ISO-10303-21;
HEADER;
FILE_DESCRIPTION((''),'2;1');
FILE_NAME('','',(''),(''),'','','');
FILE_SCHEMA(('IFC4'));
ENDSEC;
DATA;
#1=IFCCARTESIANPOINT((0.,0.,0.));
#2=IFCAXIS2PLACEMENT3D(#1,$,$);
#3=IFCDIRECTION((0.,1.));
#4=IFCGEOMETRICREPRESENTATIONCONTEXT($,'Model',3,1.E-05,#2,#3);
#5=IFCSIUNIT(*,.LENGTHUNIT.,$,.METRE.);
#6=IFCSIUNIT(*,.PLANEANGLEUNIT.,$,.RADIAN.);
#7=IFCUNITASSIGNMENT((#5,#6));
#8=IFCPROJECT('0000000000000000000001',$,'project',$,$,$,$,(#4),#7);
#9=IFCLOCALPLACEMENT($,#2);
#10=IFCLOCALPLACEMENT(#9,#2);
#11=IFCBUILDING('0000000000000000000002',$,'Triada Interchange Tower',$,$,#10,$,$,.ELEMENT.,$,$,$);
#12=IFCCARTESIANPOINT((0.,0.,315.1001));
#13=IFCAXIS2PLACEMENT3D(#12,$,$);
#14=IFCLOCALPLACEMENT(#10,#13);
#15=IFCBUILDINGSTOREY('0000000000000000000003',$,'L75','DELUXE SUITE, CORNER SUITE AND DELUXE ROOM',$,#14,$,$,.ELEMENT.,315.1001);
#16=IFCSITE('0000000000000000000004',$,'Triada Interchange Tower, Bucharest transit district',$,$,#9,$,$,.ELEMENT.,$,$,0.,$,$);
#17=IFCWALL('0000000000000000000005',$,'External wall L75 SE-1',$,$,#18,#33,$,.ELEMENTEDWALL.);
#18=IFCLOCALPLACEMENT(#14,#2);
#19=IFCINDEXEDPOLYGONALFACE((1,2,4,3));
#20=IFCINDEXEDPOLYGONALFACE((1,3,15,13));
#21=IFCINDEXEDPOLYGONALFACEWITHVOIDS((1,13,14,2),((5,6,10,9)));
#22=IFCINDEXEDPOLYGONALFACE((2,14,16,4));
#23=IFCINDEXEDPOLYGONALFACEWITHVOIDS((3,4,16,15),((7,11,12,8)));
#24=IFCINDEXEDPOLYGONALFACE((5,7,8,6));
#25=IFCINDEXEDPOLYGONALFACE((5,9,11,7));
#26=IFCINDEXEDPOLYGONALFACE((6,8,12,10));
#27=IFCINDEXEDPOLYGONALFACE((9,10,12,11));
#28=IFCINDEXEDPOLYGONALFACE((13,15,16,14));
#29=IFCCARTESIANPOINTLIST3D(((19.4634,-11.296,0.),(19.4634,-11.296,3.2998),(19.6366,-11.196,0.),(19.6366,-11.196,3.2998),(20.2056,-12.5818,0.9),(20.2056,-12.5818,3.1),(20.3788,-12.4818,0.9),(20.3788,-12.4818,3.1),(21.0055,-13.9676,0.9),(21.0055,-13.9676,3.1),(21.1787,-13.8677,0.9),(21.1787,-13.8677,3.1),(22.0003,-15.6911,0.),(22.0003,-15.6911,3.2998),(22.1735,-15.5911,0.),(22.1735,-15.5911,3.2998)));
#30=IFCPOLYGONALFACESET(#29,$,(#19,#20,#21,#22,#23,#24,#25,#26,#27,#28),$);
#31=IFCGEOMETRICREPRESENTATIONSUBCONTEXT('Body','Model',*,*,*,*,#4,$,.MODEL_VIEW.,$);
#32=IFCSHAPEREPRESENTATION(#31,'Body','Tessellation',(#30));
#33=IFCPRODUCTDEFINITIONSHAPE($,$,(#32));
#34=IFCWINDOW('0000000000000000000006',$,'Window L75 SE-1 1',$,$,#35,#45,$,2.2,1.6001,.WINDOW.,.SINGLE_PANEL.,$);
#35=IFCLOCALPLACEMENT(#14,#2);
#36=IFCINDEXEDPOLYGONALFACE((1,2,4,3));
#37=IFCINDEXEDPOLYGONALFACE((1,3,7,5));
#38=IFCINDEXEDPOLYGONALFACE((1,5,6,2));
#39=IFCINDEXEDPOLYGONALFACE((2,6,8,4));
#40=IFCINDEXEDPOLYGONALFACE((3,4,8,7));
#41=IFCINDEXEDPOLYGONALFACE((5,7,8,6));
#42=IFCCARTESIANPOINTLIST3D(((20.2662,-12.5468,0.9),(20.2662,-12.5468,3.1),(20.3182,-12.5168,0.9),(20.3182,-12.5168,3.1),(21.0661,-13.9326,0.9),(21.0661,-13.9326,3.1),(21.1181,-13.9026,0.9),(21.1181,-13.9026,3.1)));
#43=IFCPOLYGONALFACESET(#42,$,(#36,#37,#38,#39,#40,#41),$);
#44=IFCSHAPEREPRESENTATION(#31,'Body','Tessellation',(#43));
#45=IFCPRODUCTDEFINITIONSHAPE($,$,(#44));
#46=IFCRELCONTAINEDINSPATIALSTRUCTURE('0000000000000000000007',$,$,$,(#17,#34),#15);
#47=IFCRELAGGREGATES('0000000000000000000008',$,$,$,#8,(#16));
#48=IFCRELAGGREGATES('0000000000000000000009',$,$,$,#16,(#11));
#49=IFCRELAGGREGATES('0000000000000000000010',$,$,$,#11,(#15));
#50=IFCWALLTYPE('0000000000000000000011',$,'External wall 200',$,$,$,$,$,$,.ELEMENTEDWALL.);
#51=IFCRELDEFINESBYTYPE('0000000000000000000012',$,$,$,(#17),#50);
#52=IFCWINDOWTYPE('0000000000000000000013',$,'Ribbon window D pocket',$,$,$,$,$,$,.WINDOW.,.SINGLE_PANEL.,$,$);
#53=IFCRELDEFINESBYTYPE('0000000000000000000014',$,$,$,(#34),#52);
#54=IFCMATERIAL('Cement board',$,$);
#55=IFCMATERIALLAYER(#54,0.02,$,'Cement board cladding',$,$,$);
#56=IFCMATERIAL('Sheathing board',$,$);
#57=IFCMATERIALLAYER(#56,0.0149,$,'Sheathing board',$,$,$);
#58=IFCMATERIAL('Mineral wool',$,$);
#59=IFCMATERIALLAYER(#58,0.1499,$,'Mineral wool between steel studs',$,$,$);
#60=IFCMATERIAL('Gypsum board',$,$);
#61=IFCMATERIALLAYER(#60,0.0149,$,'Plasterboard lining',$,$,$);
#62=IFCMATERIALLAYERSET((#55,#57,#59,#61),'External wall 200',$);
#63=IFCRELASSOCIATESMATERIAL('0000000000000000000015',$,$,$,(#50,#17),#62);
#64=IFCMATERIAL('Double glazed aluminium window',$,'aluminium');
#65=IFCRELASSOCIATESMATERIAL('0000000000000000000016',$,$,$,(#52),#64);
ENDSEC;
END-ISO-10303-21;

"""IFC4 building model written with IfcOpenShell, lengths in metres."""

from ifc_helpers import new_model, si_unit, direction, frame, frame_2d, origin, place, context, subcontext, project, spatial, rectangle, extrude, material, layer, layer_set, layer_usage, type_object, element, fill, save


model = new_model("IFC4")

# Units and contexts
model_context = context("Model", 3, precision=1e-05, world=origin(), true_north=direction((0.0, 1.0)))
body_context = subcontext(model_context, "Body", "Model", "MODEL_VIEW")
ifc_project = project(units=[si_unit("LENGTHUNIT", "METRE"), si_unit("PLANEANGLEUNIT", "RADIAN")], contexts=[model_context])

# Site, building, storey
site_placement = place(None, origin())
site = spatial("IfcSite", under=ifc_project, at=site_placement, Name="Triada Interchange Tower, Bucharest transit district", CompositionType="ELEMENT", RefElevation=0.0)
building_placement = place(site_placement, origin())
building = spatial("IfcBuilding", under=site, at=building_placement, Name="Triada Interchange Tower", CompositionType="ELEMENT")
storey_placement = place(building_placement, frame((0.0, 0.0, 315.1001)))
storey = spatial("IfcBuildingStorey", under=building, at=storey_placement, Name="L75", Description="DELUXE SUITE, CORNER SUITE AND DELUXE ROOM", CompositionType="ELEMENT", Elevation=315.1001)

# Wall, opening, window
ifc_material_1 = material(Name="Cement board")
ifc_layer_1 = layer(ifc_material_1, 0.02, Name="Cement board cladding")
ifc_material_2 = material(Name="Sheathing board")
ifc_layer_2 = layer(ifc_material_2, 0.0149, Name="Sheathing board")
ifc_material_3 = material(Name="Mineral wool")
ifc_layer_3 = layer(ifc_material_3, 0.1499, Name="Mineral wool between steel studs")
ifc_material_4 = material(Name="Gypsum board")
ifc_layer_4 = layer(ifc_material_4, 0.0149, Name="Plasterboard lining")
ifc_layer_set_1 = layer_set([ifc_layer_1, ifc_layer_2, ifc_layer_3, ifc_layer_4], Name="External wall 200")
ifc_layer_usage = layer_usage(ifc_layer_set_1, "AXIS2", "POSITIVE", -0.1001)
wall_type = type_object("IfcWallType", Name="External wall 200", PredefinedType="ELEMENTEDWALL", material=ifc_layer_set_1)
wall_1_placement = place(storey_placement, frame((22.0869, -15.6411, 0.0), z_axis=(0.0, 0.0, 1.0), x_axis=(-0.499911, 0.866077, 0.0)))
wall_1 = element("IfcWall", 1, at=wall_1_placement, inside=storey, type_object=wall_type, material=ifc_layer_usage, Name="External wall L75 SE-1", PredefinedType="ELEMENTEDWALL", context=body_context, shape_type="SweptSolid", body=[
    extrude(rectangle(XDim=5.0747, YDim=0.2, at=frame_2d((2.5374, 0.0))), origin(), (0.0, 0.0, 1.0), 3.2998),
])
opening_1_placement = place(wall_1_placement, frame((1.99, 0.0, 0.8999)))
opening_1 = element("IfcOpeningElement", 2, at=opening_1_placement, cuts=wall_1, PredefinedType="OPENING", context=body_context, shape_type="SweptSolid", body=[
    extrude(rectangle(XDim=1.6001, YDim=2.2, at=frame_2d((0.8, 1.1001))), frame((0.0, 0.1099, 0.0), z_axis=(0.0, -1.0, 0.0), x_axis=(1.0, 0.0, 0.0)), (0.0, 0.0, 1.0), 0.22),
])
ifc_material_5 = material(Name="Double glazed aluminium window", Category="aluminium")
window_type_1 = type_object("IfcWindowType", Name="Ribbon window D pocket", PartitioningType="SINGLE_PANEL", PredefinedType="WINDOW", material=ifc_material_5)
window_1_placement = place(opening_1_placement, origin())
window_1 = element("IfcWindow", 3, at=window_1_placement, inside=storey, type_object=window_type_1, Name="Window L75 SE-1 1", OverallHeight=2.2, OverallWidth=1.6001, PartitioningType="SINGLE_PANEL", PredefinedType="WINDOW", context=body_context, shape_type="SweptSolid", body=[
    extrude(rectangle(XDim=1.6001, YDim=2.2, at=frame_2d((0.8, 1.1001))), frame((0.0, 0.03, 0.0), z_axis=(0.0, -1.0, 0.0), x_axis=(1.0, 0.0, 0.0)), (0.0, 0.0, 1.0), 0.0601),
])
fill(opening_1, window_1)

save(model, "model.ifc")
